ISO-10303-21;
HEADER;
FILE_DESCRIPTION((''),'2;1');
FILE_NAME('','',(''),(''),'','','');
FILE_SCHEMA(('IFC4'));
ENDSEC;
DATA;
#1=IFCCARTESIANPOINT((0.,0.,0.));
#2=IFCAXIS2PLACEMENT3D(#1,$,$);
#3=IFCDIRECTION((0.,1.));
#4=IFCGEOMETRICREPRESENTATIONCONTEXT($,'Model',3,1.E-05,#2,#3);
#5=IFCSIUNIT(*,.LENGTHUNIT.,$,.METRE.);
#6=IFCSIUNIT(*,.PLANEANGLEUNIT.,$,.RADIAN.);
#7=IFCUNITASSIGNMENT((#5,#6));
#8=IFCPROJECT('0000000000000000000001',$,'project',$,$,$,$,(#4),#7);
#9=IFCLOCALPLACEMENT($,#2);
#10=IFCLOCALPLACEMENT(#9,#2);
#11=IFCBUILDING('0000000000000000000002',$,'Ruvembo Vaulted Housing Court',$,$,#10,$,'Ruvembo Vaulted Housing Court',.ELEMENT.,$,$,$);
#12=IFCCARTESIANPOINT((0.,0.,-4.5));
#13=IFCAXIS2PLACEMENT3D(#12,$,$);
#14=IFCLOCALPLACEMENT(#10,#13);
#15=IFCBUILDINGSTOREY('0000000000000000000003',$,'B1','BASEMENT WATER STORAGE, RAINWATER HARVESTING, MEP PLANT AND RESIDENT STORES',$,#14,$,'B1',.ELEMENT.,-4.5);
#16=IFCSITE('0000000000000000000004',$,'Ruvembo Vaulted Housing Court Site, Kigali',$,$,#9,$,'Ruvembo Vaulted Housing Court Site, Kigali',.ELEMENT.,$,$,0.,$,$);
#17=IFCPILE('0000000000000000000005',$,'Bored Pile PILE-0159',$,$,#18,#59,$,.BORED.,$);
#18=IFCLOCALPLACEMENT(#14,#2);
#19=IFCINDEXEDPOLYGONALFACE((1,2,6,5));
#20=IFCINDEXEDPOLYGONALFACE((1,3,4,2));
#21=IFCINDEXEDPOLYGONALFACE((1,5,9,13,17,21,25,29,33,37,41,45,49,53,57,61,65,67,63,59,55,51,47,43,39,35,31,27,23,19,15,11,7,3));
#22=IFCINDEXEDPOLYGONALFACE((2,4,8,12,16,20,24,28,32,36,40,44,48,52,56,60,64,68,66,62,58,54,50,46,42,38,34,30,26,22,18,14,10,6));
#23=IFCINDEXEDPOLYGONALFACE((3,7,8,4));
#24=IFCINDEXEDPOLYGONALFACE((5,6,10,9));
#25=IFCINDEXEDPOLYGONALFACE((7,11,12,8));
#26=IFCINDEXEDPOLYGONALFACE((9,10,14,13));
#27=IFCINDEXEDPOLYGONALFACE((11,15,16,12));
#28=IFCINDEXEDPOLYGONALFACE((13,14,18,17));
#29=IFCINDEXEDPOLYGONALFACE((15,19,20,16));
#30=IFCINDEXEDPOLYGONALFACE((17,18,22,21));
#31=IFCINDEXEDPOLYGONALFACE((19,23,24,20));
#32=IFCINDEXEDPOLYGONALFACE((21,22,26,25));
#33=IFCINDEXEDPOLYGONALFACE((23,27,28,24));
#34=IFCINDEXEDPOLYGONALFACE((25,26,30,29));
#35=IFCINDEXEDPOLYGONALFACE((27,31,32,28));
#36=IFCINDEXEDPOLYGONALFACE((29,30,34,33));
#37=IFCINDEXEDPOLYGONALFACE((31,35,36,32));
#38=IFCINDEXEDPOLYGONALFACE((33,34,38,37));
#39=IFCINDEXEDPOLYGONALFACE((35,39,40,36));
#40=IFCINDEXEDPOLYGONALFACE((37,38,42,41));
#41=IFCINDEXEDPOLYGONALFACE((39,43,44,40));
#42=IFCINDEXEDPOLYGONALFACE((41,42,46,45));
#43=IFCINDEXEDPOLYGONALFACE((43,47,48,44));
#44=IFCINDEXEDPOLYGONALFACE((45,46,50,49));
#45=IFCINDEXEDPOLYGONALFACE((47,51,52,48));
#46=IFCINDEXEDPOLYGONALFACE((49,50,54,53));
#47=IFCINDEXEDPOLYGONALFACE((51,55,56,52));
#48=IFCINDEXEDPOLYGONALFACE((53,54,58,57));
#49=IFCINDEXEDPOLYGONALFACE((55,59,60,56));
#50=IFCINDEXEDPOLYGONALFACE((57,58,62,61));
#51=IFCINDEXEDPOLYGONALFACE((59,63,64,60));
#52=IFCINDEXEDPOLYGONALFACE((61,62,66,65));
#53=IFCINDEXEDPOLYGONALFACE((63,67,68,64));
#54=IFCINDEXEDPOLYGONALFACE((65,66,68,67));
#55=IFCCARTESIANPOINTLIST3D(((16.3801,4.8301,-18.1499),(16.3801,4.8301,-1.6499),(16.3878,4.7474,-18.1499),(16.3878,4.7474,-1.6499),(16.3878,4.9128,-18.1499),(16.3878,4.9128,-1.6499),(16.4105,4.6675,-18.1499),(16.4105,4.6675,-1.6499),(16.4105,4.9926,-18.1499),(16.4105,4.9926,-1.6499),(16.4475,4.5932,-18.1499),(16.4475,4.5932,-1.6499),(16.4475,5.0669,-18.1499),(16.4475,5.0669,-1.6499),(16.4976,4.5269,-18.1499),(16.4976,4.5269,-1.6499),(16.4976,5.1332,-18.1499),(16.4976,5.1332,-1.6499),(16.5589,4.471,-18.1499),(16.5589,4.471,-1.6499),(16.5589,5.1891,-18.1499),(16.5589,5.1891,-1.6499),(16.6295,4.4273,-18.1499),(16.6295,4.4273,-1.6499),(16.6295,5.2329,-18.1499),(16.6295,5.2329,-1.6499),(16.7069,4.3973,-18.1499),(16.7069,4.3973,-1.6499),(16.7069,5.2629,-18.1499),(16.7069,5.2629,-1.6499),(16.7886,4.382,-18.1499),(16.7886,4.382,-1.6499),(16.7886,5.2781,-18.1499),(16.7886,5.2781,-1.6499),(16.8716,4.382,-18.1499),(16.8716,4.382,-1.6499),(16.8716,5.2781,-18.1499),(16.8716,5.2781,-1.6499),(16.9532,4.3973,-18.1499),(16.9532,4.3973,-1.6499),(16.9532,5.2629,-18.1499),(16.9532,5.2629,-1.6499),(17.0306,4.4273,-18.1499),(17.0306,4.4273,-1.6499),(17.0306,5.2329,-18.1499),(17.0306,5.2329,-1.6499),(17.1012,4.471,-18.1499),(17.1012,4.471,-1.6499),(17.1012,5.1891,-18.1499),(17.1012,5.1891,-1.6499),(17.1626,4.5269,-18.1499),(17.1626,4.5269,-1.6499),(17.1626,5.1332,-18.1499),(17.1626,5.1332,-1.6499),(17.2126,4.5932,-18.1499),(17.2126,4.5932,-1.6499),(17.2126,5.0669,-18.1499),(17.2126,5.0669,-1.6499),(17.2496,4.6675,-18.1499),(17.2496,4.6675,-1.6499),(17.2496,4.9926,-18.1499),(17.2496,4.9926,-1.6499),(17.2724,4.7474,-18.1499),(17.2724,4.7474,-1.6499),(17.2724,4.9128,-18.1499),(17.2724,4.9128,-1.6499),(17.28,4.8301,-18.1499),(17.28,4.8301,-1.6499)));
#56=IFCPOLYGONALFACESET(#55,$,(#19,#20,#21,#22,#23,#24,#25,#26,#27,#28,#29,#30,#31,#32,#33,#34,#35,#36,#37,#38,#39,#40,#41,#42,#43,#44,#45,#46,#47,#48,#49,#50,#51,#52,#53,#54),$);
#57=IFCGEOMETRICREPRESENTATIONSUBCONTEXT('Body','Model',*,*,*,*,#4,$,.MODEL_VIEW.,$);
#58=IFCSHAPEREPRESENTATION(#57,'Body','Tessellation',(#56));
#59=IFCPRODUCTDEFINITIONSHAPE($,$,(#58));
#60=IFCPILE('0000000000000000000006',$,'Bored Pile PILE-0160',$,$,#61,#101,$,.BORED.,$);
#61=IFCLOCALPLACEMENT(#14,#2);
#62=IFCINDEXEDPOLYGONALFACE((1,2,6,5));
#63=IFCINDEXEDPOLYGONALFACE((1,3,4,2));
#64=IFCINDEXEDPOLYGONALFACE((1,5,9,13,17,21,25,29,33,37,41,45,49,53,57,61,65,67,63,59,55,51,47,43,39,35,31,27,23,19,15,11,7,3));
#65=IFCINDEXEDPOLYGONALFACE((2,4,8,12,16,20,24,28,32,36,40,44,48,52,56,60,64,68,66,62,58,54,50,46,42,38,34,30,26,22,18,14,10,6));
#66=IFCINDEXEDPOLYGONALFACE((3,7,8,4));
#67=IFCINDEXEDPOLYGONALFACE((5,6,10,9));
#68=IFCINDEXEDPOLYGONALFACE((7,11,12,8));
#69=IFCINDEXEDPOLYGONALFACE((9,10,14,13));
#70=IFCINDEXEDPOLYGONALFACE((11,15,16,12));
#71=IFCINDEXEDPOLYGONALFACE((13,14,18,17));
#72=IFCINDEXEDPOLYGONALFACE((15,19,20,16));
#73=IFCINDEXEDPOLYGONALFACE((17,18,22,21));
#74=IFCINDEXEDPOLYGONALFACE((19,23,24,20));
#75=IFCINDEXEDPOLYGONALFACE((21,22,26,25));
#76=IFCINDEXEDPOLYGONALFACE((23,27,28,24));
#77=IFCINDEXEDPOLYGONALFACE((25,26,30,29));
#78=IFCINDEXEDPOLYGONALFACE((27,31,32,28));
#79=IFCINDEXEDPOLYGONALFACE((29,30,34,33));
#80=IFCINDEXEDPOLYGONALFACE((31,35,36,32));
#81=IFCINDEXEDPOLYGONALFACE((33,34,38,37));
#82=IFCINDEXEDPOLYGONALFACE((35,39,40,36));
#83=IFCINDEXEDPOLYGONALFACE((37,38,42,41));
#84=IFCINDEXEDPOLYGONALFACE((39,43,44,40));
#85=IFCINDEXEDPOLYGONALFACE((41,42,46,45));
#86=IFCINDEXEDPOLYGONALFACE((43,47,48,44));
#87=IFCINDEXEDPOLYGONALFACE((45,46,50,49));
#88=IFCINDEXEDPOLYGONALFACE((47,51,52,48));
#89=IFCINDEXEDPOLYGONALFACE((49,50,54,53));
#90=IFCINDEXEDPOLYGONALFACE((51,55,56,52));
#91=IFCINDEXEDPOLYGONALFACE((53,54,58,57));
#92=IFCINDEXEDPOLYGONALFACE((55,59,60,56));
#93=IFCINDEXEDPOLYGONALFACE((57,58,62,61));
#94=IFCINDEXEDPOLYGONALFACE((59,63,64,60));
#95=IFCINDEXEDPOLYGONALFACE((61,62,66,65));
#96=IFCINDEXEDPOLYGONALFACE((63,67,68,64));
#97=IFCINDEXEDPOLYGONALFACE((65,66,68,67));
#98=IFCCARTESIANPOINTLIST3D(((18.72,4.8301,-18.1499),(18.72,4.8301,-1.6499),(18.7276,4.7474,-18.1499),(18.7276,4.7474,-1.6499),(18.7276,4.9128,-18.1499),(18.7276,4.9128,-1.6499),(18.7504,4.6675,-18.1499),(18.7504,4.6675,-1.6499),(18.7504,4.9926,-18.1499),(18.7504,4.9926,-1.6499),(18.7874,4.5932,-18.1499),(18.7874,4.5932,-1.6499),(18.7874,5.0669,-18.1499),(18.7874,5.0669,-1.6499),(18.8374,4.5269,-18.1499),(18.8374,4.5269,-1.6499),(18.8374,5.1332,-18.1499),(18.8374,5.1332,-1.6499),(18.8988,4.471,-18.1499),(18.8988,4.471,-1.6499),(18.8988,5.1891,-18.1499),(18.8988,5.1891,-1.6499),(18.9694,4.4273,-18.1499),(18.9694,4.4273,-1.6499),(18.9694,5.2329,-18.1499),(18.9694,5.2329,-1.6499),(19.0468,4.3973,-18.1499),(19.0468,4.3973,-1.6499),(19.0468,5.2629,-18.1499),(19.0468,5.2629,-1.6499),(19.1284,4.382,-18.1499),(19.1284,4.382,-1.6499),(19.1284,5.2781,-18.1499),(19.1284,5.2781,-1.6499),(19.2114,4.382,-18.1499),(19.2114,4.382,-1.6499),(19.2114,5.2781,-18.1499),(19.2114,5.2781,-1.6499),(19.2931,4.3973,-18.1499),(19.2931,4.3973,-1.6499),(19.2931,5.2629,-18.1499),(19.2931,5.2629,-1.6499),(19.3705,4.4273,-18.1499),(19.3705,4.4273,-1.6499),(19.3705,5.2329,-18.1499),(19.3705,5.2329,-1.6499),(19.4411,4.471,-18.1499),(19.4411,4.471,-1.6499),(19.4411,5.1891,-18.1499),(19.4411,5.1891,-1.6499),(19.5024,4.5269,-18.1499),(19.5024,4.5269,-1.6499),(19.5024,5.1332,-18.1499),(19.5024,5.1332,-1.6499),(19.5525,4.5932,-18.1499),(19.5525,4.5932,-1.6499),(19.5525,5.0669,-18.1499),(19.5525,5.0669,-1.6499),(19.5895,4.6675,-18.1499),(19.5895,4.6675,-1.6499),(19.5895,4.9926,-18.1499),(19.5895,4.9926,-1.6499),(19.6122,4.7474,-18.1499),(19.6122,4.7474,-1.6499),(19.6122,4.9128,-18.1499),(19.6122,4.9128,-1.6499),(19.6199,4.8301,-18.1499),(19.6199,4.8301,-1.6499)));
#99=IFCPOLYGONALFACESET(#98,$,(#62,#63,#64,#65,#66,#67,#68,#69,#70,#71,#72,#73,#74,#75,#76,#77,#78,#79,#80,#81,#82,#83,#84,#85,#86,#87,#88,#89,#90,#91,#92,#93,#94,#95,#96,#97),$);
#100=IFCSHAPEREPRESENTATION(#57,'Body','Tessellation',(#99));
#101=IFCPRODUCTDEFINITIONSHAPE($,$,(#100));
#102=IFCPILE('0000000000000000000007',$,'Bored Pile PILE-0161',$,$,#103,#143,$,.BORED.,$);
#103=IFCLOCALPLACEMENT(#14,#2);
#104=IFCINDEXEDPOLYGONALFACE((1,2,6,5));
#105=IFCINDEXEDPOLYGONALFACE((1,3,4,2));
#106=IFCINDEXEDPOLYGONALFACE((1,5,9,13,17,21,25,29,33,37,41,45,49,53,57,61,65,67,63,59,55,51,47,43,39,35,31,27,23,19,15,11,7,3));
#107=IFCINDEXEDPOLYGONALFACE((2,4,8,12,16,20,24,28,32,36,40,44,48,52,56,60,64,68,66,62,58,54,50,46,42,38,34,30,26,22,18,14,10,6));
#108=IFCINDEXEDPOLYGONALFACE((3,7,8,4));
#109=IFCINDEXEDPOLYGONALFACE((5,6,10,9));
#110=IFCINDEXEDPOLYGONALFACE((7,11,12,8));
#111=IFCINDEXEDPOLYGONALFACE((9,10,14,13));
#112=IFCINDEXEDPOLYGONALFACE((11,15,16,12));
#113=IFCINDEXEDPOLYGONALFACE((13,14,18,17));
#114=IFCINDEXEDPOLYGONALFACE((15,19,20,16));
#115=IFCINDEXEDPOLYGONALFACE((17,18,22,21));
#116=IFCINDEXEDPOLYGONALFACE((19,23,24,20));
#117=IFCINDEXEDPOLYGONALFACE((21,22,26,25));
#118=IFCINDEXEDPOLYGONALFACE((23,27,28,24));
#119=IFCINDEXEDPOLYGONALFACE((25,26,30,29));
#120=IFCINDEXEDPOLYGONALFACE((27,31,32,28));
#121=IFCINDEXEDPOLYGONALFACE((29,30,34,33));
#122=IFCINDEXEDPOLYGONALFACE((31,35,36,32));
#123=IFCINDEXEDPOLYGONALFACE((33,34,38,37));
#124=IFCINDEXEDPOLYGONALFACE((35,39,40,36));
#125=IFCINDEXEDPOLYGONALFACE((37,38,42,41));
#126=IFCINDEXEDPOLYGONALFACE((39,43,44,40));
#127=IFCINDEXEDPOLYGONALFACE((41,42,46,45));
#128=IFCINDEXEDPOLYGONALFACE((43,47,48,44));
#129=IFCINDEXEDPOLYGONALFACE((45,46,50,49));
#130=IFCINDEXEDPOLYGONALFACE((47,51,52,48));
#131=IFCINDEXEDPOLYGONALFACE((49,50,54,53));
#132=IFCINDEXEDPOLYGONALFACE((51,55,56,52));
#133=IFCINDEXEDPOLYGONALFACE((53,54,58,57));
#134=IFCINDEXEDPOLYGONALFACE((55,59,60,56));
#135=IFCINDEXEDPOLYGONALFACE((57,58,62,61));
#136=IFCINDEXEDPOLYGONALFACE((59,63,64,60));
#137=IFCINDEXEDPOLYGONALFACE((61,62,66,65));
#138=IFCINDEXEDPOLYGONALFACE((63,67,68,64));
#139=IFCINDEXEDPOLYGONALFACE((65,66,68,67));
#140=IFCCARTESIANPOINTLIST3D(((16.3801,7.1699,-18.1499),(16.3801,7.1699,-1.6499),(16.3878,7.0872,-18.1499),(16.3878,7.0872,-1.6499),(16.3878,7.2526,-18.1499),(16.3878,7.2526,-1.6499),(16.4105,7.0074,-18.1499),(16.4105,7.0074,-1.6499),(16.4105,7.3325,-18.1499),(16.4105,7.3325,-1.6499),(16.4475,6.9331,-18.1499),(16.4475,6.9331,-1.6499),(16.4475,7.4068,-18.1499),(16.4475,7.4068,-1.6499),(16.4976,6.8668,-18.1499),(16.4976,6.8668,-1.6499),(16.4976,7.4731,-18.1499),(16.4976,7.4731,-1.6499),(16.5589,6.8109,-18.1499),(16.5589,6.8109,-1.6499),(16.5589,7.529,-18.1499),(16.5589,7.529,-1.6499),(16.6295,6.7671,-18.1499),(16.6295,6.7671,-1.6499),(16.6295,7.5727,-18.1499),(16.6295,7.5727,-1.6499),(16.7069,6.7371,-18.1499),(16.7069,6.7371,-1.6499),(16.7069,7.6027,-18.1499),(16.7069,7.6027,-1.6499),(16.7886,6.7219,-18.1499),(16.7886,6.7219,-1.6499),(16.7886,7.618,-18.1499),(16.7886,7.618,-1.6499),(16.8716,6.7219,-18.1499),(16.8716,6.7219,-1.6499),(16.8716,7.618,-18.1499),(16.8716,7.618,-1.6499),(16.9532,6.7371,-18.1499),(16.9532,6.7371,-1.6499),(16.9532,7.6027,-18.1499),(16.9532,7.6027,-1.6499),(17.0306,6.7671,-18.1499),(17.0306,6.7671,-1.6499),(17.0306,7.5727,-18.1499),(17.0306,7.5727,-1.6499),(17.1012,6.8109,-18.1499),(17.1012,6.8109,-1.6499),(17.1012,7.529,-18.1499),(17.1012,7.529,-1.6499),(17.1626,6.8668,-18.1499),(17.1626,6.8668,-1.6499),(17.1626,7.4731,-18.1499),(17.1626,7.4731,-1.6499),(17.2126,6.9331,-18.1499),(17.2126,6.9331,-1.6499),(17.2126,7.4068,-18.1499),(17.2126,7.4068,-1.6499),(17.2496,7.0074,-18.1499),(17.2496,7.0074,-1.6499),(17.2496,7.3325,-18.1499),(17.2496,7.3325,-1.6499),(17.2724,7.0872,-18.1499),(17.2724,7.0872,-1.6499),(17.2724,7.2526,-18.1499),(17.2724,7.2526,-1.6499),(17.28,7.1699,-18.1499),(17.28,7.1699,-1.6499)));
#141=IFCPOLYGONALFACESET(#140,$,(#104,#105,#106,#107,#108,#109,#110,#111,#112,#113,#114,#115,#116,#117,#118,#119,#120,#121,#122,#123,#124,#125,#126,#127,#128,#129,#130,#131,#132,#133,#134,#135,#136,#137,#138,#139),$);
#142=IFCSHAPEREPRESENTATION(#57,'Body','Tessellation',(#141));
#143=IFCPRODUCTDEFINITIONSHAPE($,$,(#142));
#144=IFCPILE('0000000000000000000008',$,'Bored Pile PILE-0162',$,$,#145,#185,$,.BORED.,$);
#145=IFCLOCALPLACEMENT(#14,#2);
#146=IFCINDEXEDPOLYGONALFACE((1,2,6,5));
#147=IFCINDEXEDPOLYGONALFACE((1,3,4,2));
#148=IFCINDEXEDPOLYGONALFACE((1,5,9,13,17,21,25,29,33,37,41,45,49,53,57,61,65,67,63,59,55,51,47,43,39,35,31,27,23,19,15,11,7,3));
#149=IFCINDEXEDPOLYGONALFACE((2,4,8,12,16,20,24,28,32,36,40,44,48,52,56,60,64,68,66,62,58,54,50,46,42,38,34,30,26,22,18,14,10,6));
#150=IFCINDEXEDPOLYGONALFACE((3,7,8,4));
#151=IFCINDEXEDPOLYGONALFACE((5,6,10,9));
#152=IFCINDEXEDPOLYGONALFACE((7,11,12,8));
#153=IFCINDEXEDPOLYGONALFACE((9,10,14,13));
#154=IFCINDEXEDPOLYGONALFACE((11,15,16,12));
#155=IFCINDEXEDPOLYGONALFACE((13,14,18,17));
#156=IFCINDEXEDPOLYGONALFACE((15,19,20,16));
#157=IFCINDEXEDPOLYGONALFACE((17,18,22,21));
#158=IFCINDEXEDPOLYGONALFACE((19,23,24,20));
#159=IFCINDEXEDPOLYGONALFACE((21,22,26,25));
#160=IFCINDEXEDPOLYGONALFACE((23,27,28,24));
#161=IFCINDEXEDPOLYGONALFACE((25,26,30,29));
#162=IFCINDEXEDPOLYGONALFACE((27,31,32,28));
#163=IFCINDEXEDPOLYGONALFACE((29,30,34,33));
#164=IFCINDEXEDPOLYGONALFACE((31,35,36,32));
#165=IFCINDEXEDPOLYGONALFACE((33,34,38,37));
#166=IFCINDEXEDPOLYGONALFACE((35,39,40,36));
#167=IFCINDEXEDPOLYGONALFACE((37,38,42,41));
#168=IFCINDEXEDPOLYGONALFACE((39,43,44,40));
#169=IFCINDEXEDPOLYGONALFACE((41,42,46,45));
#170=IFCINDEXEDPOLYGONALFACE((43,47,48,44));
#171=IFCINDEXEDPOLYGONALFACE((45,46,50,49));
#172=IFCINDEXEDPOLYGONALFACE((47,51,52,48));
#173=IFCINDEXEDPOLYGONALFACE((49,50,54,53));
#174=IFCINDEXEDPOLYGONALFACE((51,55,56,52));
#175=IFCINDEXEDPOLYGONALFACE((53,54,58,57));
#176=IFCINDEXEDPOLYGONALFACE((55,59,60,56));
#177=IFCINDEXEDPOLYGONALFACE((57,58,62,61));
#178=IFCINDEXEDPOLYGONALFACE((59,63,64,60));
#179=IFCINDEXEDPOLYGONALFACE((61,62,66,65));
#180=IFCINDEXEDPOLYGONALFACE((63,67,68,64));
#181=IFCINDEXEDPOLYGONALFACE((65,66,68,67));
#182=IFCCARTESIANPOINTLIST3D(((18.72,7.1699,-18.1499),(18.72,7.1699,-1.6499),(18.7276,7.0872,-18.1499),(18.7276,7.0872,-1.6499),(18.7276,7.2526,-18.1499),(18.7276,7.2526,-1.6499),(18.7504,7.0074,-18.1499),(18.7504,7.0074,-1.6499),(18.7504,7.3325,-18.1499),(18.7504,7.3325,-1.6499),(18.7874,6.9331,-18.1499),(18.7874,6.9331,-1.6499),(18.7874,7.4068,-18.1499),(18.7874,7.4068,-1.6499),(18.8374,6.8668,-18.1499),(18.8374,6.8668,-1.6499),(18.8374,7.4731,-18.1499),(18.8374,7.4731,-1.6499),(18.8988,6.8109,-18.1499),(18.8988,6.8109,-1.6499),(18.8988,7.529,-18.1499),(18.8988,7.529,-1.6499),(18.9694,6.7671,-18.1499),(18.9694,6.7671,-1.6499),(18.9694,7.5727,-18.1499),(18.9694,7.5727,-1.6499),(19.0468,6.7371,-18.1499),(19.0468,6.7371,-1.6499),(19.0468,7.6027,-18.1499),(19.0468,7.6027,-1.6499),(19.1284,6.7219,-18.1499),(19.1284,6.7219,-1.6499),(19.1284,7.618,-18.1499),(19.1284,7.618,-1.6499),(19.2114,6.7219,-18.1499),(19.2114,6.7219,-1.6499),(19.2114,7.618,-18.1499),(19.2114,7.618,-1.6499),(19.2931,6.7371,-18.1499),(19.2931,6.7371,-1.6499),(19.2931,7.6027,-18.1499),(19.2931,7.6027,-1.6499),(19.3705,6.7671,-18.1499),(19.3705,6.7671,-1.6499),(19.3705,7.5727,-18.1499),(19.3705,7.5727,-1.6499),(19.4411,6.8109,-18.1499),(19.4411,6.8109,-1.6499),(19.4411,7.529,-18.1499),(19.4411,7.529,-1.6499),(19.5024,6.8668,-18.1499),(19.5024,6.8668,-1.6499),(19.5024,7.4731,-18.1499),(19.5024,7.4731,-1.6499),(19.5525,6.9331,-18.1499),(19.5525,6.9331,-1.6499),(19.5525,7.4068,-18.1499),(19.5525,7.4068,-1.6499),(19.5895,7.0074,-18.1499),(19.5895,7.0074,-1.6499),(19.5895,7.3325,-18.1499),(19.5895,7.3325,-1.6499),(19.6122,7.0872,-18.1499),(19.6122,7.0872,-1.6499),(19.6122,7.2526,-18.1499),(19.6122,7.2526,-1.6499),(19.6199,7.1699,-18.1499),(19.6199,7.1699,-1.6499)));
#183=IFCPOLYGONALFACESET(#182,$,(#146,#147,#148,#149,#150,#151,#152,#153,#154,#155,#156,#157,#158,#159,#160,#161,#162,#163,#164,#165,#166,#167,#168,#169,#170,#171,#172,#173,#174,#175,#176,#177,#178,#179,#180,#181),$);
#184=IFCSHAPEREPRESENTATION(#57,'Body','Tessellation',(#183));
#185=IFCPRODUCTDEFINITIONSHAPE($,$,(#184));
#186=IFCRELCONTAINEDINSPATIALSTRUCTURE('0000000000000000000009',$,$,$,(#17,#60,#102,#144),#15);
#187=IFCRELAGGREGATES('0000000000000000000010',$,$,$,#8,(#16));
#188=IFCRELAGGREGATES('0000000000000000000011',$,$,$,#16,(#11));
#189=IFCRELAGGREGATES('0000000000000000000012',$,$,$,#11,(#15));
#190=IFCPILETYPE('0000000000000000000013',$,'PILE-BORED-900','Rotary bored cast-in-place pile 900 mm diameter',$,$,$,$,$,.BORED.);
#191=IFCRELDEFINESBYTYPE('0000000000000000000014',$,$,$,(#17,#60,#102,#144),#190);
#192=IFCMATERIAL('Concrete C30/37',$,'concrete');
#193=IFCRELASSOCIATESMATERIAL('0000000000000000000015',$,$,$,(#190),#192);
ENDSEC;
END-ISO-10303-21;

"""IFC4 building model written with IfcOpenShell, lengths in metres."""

from ifc_helpers import new_model, si_unit, direction, frame, origin, origin_2d, place, context, subcontext, project, spatial, circle, extrude, material, material_profile, profile_set, type_object, element, save


model = new_model("IFC4")

# Units and contexts
model_context = context("Model", 3, precision=1e-05, world=origin(), true_north=direction((0.0, 1.0)))
body_context = subcontext(model_context, "Body", "Model", "MODEL_VIEW")
ifc_project = project(units=[si_unit("LENGTHUNIT", "METRE"), si_unit("PLANEANGLEUNIT", "RADIAN")], contexts=[model_context])

# Site, building, storey
site_placement = place(None, origin())
site = spatial("IfcSite", under=ifc_project, at=site_placement, Name="Ruvembo Vaulted Housing Court Site, Kigali", LongName="Ruvembo Vaulted Housing Court Site, Kigali", CompositionType="ELEMENT", RefElevation=0.0)
building_placement = place(site_placement, origin())
building = spatial("IfcBuilding", under=site, at=building_placement, Name="Ruvembo Vaulted Housing Court", LongName="Ruvembo Vaulted Housing Court", CompositionType="ELEMENT")
storey_placement = place(building_placement, frame((0.0, 0.0, -4.5)))
storey = spatial("IfcBuildingStorey", under=building, at=storey_placement, Name="B1", Description="BASEMENT WATER STORAGE, RAINWATER HARVESTING, MEP PLANT AND RESIDENT STORES", LongName="B1", CompositionType="ELEMENT", Elevation=-4.5)

# Piles
ifc_material_1 = material(Name="Concrete C30/37", Category="concrete")
ifc_material_profile_1 = material_profile(ifc_material_1, circle(Radius=0.45, at=origin_2d()), Name="PILE D900")
ifc_profile_set_1 = profile_set([ifc_material_profile_1], Name="Concrete C30/37")
pile_type = type_object("IfcPileType", Name="PILE-BORED-900", Description="Rotary bored cast-in-place pile 900 mm diameter", PredefinedType="BORED", material=ifc_profile_set_1)
for number, where, z_axis, x_axis, name in (
    (1, (16.8301, 4.8301, -1.6499), (0.0, 0.0, -1.0), (1.0, 0.0, 0.0), "Bored Pile PILE-0159"),
    (2, (19.1699, 4.8301, -1.6499), (0.0, 0.0, -1.0), (1.0, 0.0, 0.0), "Bored Pile PILE-0160"),
    (3, (16.8301, 7.1699, -1.6499), (0.0, 0.0, -1.0), (1.0, 0.0, 0.0), "Bored Pile PILE-0161"),
    (4, (19.1699, 7.1699, -1.6499), (0.0, 0.0, -1.0), (1.0, 0.0, 0.0), "Bored Pile PILE-0162"),
):
    element("IfcPile", number, at=place(storey_placement, frame(where, z_axis=z_axis, x_axis=x_axis)), inside=storey, type_object=pile_type, Name=name, PredefinedType="BORED", context=body_context, shape_type="SweptSolid", body=[
        extrude(circle(Radius=0.45, at=origin_2d()), origin(), (0.0, 0.0, 1.0), 16.5),
    ])

save(model, "model.ifc")
